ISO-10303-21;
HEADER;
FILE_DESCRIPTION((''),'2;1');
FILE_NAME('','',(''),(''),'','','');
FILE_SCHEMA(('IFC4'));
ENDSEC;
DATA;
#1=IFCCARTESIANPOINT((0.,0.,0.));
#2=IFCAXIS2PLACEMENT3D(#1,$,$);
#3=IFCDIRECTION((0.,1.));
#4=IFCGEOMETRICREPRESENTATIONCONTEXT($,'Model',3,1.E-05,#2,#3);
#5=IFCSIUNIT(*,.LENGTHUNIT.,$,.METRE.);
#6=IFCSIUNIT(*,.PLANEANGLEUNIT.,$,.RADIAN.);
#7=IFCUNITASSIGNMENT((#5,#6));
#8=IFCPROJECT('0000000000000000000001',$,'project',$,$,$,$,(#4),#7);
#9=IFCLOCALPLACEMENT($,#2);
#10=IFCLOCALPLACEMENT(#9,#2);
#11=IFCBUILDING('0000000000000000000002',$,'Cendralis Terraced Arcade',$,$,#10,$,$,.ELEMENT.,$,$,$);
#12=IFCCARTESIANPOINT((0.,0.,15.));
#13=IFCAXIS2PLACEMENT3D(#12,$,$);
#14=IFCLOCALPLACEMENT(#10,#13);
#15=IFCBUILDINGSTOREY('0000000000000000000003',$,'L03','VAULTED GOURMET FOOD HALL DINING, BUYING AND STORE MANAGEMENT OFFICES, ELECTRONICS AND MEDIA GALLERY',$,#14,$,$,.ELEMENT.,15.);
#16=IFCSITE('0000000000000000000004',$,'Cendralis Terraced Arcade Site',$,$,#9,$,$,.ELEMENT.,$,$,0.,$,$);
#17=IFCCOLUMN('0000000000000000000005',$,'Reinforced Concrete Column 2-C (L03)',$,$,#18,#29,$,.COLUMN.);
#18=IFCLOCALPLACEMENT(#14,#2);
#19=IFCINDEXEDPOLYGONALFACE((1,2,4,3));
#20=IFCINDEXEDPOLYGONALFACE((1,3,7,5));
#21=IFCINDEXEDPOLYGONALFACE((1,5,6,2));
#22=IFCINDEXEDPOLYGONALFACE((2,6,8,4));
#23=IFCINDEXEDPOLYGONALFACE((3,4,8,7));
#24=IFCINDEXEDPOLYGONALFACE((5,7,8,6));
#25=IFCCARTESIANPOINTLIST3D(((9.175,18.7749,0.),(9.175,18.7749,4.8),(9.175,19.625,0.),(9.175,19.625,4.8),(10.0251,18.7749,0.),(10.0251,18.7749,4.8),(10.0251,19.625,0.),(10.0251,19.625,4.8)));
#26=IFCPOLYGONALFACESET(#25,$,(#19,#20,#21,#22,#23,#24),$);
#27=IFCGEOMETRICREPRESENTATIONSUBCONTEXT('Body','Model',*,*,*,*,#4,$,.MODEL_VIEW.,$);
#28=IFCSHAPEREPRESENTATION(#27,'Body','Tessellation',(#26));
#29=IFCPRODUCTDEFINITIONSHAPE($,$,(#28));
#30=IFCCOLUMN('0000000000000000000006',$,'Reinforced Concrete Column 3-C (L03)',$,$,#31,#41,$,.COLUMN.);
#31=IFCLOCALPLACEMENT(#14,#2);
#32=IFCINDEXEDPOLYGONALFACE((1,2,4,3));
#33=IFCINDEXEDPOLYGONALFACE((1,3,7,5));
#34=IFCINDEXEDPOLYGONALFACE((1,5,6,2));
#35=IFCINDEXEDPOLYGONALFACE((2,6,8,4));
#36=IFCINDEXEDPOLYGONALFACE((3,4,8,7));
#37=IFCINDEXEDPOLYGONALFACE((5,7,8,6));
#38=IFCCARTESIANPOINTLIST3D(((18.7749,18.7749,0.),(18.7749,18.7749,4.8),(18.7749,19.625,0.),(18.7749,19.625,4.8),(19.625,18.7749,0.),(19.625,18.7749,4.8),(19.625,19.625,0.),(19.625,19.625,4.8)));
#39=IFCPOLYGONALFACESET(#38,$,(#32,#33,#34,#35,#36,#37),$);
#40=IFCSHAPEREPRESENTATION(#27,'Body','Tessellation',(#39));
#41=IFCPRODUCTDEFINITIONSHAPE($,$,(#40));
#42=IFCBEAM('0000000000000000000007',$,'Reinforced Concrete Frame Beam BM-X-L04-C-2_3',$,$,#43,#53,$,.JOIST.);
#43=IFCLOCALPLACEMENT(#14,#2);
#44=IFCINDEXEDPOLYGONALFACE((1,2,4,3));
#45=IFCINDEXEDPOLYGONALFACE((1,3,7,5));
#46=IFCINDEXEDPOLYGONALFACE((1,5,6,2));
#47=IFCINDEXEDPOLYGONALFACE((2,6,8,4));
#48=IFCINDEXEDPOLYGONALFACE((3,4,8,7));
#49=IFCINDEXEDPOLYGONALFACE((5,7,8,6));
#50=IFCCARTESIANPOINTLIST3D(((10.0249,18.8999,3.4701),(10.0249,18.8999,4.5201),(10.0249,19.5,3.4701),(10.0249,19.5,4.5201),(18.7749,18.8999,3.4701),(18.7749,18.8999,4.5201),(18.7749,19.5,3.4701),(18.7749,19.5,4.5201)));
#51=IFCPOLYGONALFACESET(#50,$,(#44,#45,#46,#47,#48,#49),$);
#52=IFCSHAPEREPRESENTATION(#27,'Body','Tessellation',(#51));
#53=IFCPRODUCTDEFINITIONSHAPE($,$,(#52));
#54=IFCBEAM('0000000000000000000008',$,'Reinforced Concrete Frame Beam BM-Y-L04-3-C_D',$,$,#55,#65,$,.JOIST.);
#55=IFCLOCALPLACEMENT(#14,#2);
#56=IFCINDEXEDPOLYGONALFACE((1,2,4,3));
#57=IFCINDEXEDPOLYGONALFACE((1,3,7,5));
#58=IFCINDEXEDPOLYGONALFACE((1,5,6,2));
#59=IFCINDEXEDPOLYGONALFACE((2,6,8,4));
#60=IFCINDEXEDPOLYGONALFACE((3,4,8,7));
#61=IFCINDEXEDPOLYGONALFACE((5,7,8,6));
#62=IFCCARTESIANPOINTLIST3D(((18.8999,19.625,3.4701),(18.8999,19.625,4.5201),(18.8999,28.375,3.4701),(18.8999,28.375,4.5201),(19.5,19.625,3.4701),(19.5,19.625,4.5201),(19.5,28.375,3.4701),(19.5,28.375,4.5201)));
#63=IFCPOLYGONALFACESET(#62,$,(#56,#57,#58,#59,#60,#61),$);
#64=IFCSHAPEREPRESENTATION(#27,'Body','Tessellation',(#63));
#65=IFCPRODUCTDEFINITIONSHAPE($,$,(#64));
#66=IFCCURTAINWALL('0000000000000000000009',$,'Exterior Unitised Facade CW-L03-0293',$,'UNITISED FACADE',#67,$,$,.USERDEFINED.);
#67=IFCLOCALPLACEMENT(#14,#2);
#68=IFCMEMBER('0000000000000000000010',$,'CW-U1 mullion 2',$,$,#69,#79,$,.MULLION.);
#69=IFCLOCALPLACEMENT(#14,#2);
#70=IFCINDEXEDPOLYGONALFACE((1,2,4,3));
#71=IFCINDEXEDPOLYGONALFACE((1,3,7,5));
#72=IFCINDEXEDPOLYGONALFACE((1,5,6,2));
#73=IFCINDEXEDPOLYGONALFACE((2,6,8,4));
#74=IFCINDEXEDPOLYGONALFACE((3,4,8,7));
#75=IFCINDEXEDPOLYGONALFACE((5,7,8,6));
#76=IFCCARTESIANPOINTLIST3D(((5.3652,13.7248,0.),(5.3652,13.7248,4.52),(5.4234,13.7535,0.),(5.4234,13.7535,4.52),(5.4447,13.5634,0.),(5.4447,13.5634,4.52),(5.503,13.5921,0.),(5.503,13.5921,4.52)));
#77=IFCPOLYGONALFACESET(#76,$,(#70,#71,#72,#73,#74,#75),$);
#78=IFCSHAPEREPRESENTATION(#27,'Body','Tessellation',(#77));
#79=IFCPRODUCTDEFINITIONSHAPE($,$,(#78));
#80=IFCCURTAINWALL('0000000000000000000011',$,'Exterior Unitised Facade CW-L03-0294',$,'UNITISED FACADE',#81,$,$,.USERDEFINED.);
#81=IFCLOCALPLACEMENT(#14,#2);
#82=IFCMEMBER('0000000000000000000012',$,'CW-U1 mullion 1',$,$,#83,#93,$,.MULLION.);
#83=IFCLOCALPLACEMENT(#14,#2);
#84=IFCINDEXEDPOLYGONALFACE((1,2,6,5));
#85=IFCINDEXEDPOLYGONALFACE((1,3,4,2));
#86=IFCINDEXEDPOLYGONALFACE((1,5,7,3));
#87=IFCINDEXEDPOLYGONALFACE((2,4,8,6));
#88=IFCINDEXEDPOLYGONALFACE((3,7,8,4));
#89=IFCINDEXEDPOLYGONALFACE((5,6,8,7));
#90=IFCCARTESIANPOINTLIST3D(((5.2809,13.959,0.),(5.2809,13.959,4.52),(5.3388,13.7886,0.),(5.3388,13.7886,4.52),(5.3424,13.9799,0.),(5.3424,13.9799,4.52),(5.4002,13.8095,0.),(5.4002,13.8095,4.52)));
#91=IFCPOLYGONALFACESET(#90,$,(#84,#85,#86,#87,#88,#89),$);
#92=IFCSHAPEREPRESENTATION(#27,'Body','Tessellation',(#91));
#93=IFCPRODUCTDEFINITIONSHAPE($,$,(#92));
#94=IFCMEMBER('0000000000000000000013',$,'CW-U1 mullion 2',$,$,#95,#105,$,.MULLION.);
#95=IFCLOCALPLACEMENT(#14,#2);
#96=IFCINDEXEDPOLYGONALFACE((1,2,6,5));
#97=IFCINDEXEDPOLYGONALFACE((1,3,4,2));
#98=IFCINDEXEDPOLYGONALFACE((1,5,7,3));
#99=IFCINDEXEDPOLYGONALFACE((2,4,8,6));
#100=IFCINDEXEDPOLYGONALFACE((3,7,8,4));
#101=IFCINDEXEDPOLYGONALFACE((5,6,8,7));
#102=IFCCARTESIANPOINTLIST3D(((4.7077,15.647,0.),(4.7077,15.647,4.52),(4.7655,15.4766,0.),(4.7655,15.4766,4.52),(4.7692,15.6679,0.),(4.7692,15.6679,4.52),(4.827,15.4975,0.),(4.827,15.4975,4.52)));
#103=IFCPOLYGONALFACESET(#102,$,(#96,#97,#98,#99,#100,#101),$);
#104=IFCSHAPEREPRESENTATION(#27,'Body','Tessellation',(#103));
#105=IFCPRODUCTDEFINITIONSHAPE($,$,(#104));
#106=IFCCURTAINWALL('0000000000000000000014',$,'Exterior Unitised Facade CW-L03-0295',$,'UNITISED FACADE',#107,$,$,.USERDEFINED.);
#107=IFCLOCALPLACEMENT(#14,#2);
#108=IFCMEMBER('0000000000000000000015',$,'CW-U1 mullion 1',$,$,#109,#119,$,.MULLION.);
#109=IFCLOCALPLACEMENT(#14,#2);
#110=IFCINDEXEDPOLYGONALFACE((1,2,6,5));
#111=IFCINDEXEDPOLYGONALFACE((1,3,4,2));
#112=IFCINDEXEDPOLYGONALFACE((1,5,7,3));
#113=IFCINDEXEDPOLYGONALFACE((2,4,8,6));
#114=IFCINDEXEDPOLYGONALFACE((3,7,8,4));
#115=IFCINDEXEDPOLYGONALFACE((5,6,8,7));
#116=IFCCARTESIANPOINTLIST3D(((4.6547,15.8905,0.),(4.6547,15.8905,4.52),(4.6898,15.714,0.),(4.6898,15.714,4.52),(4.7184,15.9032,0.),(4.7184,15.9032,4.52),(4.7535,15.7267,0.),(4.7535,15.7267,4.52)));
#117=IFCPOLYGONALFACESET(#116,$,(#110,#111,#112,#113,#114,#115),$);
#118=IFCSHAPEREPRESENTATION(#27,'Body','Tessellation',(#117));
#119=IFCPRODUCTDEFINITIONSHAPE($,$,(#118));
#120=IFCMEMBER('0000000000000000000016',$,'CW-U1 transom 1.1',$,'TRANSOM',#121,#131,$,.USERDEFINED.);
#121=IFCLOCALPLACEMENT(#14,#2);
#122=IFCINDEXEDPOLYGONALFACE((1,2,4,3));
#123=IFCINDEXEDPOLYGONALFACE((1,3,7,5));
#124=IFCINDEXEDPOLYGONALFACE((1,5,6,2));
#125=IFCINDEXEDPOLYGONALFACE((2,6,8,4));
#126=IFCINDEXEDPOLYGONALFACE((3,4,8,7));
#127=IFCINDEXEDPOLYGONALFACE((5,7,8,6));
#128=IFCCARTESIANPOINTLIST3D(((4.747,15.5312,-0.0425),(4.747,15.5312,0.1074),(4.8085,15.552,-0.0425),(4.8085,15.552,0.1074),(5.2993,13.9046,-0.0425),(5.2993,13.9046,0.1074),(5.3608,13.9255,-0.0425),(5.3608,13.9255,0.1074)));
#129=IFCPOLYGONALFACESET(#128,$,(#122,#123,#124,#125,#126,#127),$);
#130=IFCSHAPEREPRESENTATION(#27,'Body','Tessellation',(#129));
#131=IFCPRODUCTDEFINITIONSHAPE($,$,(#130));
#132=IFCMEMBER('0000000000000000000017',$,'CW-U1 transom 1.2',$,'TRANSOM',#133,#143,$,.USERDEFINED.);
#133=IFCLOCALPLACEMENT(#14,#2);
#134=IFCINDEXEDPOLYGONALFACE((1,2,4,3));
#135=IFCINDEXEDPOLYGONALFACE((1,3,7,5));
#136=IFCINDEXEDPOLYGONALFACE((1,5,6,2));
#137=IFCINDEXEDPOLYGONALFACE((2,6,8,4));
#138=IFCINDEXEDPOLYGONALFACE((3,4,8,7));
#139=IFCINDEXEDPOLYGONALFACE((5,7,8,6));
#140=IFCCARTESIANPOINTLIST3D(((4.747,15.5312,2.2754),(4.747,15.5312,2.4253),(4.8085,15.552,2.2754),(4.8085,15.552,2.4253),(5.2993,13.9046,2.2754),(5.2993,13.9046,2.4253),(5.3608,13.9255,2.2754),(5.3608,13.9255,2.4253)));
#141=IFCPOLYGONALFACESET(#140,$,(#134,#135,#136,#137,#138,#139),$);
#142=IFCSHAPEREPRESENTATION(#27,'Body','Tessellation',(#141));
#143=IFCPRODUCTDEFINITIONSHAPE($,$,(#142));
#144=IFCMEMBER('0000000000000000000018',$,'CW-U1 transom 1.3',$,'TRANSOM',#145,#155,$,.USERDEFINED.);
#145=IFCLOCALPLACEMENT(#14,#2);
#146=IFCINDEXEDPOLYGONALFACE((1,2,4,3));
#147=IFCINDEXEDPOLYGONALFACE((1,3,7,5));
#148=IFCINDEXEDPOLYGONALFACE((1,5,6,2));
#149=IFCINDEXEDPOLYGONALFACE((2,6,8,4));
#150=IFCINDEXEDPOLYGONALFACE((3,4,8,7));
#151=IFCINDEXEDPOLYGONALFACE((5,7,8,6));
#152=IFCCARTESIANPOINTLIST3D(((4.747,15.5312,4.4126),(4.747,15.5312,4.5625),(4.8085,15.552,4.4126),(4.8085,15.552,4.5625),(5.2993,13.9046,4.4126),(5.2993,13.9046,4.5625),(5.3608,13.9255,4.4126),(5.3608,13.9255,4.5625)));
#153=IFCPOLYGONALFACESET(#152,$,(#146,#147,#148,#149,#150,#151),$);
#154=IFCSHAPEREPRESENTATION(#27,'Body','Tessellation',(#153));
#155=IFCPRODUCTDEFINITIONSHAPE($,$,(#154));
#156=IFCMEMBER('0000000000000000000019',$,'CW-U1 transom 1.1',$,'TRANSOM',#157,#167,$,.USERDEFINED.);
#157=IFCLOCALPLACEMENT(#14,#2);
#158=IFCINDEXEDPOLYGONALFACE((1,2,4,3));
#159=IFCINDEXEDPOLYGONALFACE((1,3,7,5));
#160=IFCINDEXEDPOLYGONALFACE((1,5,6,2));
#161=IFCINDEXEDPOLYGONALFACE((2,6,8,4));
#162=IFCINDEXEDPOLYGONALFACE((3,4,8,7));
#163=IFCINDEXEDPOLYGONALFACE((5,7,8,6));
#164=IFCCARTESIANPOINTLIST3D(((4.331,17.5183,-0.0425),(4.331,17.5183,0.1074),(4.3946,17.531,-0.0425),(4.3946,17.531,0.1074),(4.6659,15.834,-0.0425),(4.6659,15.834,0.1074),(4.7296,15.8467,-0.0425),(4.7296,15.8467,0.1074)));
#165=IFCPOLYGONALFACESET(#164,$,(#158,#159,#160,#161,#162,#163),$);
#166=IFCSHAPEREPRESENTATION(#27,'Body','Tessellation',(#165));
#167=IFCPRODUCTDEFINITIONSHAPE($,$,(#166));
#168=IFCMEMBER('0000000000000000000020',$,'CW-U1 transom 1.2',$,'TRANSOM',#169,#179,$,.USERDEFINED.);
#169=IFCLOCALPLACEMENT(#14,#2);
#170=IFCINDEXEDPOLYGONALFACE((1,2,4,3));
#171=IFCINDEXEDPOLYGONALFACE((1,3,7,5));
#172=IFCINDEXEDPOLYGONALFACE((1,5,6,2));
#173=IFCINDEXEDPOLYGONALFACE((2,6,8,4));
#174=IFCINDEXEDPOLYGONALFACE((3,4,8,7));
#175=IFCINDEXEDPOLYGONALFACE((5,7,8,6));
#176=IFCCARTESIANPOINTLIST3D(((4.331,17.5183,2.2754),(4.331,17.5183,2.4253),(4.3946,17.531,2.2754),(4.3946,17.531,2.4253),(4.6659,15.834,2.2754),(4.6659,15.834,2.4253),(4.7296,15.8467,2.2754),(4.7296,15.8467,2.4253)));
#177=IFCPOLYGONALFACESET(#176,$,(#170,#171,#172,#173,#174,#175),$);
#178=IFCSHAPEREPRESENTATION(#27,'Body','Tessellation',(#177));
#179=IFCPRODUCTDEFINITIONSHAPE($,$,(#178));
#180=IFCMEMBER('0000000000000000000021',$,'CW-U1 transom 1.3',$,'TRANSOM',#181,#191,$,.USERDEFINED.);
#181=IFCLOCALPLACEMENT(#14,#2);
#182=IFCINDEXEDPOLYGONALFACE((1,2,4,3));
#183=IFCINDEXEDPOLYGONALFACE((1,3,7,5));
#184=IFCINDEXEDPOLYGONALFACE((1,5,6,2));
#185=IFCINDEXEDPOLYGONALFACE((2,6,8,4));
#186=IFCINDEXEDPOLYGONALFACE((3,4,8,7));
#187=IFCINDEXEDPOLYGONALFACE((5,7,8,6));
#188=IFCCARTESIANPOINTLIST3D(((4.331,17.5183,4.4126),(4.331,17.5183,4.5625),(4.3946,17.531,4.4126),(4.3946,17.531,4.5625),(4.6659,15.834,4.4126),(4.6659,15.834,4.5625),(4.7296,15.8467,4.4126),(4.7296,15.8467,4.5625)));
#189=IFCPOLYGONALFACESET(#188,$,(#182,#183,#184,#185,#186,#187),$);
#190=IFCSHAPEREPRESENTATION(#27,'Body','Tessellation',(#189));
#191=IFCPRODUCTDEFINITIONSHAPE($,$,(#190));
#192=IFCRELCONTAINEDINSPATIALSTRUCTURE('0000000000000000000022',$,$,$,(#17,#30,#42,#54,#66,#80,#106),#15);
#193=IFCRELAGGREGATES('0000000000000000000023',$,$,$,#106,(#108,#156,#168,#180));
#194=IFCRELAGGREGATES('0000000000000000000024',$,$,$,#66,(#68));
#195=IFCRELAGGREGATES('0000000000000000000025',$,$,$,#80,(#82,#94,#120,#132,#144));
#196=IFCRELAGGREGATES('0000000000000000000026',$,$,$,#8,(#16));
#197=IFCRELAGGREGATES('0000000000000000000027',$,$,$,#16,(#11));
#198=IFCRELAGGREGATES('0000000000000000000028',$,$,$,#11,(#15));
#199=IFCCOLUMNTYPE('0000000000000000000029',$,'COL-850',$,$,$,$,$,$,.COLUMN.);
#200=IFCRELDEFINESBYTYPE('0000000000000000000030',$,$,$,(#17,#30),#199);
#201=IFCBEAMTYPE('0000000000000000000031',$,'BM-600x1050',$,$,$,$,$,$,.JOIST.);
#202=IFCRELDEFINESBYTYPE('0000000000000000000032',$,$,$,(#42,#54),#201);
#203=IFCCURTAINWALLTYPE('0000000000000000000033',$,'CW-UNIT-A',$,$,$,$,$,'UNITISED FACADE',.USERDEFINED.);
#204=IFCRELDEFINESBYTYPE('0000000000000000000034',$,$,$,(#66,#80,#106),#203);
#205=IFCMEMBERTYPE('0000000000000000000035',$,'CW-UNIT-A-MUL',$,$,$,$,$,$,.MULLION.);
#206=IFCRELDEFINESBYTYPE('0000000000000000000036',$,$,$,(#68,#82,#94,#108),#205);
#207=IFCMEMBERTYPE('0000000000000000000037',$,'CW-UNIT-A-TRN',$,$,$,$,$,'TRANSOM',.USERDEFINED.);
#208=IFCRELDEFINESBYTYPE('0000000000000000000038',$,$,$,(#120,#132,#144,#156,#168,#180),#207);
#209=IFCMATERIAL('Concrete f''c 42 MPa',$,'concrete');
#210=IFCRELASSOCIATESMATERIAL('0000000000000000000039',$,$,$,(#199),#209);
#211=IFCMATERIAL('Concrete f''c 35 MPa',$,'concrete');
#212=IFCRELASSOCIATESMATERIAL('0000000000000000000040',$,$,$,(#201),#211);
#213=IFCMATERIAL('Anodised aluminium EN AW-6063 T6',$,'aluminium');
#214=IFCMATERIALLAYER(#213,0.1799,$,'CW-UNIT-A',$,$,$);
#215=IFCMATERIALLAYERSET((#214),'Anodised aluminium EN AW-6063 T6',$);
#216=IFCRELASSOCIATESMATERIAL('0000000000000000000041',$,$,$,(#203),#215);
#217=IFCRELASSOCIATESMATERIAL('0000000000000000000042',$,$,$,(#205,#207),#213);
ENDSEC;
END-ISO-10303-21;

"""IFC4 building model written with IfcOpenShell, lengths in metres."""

from ifc_helpers import new_model, si_unit, direction, frame, origin, origin_2d, place, context, subcontext, project, spatial, rectangle, extrude, material, layer, layer_set, material_profile, profile_set, type_object, element, aggregate, save


model = new_model("IFC4")

# Units and contexts
model_context = context("Model", 3, precision=1e-05, world=origin(), true_north=direction((0.0, 1.0)))
body_context = subcontext(model_context, "Body", "Model", "MODEL_VIEW")
ifc_project = project(units=[si_unit("LENGTHUNIT", "METRE"), si_unit("PLANEANGLEUNIT", "RADIAN")], contexts=[model_context])

# Site, building, storey
site_placement = place(None, origin())
site = spatial("IfcSite", under=ifc_project, at=site_placement, Name="Cendralis Terraced Arcade Site", CompositionType="ELEMENT", RefElevation=0.0)
building_placement = place(site_placement, origin())
building = spatial("IfcBuilding", under=site, at=building_placement, Name="Cendralis Terraced Arcade", CompositionType="ELEMENT")
storey_placement = place(building_placement, frame((0.0, 0.0, 15.0)))
storey = spatial("IfcBuildingStorey", under=building, at=storey_placement, Name="L03", Description="VAULTED GOURMET FOOD HALL DINING, BUYING AND STORE MANAGEMENT OFFICES, ELECTRONICS AND MEDIA GALLERY", CompositionType="ELEMENT", Elevation=15.0)

# Columns
ifc_material_1 = material(Name="Concrete f'c 42 MPa", Category="concrete")
ifc_material_profile_1 = material_profile(ifc_material_1, rectangle(XDim=0.8501, YDim=0.8501, at=origin_2d()), Name="RC-COL-850x850", Category="LoadBearing")
ifc_profile_set_1 = profile_set([ifc_material_profile_1], Name="Concrete f'c 42 MPa")
column_type = type_object("IfcColumnType", Name="COL-850", PredefinedType="COLUMN", material=ifc_profile_set_1)
for number, where, z_axis, x_axis, name in (
    (1, (9.6001, 19.2, 0.0), (0.0, 0.0, 1.0), (1.0, 0.0, 0.0), "Reinforced Concrete Column 2-C (L03)"),
    (2, (19.2, 19.2, 0.0), (0.0, 0.0, 1.0), (1.0, 0.0, 0.0), "Reinforced Concrete Column 3-C (L03)"),
):
    element("IfcColumn", number, at=place(storey_placement, frame(where, z_axis=z_axis, x_axis=x_axis)), inside=storey, type_object=column_type, Name=name, PredefinedType="COLUMN", context=body_context, shape_type="SweptSolid", body=[
        extrude(rectangle(XDim=0.8501, YDim=0.8501, at=origin_2d()), origin(), (0.0, 0.0, 1.0), 4.8),
    ])

# Beams
ifc_material_2 = material(Name="Concrete f'c 35 MPa", Category="concrete")
ifc_material_profile_2 = material_profile(ifc_material_2, rectangle(XDim=0.6001, YDim=1.05, at=origin_2d()), Name="RC-BM-600x1050", Category="LoadBearing")
ifc_profile_set_2 = profile_set([ifc_material_profile_2], Name="Concrete f'c 35 MPa")
beam_type = type_object("IfcBeamType", Name="BM-600x1050", PredefinedType="JOIST", material=ifc_profile_set_2)
for number, where, z_axis, x_axis, name in (
    (3, (10.0249, 19.2, 3.9951), (1.0, 0.0, 0.0), (0.0, 1.0, 0.0), "Reinforced Concrete Frame Beam BM-X-L04-C-2_3"),
    (4, (19.2, 19.625, 3.9951), (0.0, 1.0, 0.0), (-1.0, 0.0, 0.0), "Reinforced Concrete Frame Beam BM-Y-L04-3-C_D"),
):
    element("IfcBeam", number, at=place(storey_placement, frame(where, z_axis=z_axis, x_axis=x_axis)), inside=storey, type_object=beam_type, Name=name, PredefinedType="JOIST", context=body_context, shape_type="SweptSolid", body=[
        extrude(rectangle(XDim=0.6001, YDim=1.05, at=origin_2d()), origin(), (0.0, 0.0, 1.0), 8.75),
    ])

# Curtain wall, member
ifc_material_3 = material(Name="Anodised aluminium EN AW-6063 T6", Category="aluminium")
ifc_layer_1 = layer(ifc_material_3, 0.1799, Name="CW-UNIT-A")
ifc_layer_set_1 = layer_set([ifc_layer_1], Name="Anodised aluminium EN AW-6063 T6")
curtain_wall_type = type_object("IfcCurtainWallType", Name="CW-UNIT-A", ElementType="UNITISED FACADE", PredefinedType="USERDEFINED", material=ifc_layer_set_1)
curtain_wall_1_placement = place(storey_placement, origin())
curtain_wall_1 = element("IfcCurtainWall", 5, at=curtain_wall_1_placement, inside=storey, type_object=curtain_wall_type, Name="Exterior Unitised Facade CW-L03-0293", ObjectType="UNITISED FACADE", PredefinedType="USERDEFINED")
ifc_material_profile_3 = material_profile(ifc_material_3, rectangle(XDim=0.0649, YDim=0.1799, at=origin_2d()), Name="ALU-MUL-65x180")
ifc_profile_set_3 = profile_set([ifc_material_profile_3], Name="Anodised aluminium EN AW-6063 T6")
member_type_1 = type_object("IfcMemberType", Name="CW-UNIT-A-MUL", PredefinedType="MULLION", material=ifc_profile_set_3)
member_1_placement = place(storey_placement, frame((5.4341, 13.6584, 0.0), z_axis=(0.0, 0.0, 1.0), x_axis=(-0.896882, -0.44227, 0.0)))
member_1 = element("IfcMember", 6, at=member_1_placement, type_object=member_type_1, Name="CW-U1 mullion 2", PredefinedType="MULLION", context=body_context, shape_type="SweptSolid", body=[
    extrude(rectangle(XDim=0.0649, YDim=0.1799, at=origin_2d()), origin(), (0.0, 0.0, 1.0), 4.52),
])

# Curtain wall, members
curtain_wall_2_placement = place(storey_placement, origin())
curtain_wall_2 = element("IfcCurtainWall", 7, at=curtain_wall_2_placement, inside=storey, type_object=curtain_wall_type, Name="Exterior Unitised Facade CW-L03-0294", ObjectType="UNITISED FACADE", PredefinedType="USERDEFINED")
member_2_placement = place(storey_placement, frame((5.3406, 13.8843, 0.0), z_axis=(0.0, 0.0, 1.0), x_axis=(-0.94691, -0.3215, 0.0)))
member_2 = element("IfcMember", 8, at=member_2_placement, type_object=member_type_1, Name="CW-U1 mullion 1", PredefinedType="MULLION", context=body_context, shape_type="SweptSolid", body=[
    extrude(rectangle(XDim=0.0649, YDim=0.1799, at=origin_2d()), origin(), (0.0, 0.0, 1.0), 4.52),
])
member_3_placement = place(storey_placement, frame((4.7673, 15.5723, 0.0), z_axis=(0.0, 0.0, 1.0), x_axis=(-0.94691, -0.3215, 0.0)))
member_3 = element("IfcMember", 9, at=member_3_placement, type_object=member_type_1, Name="CW-U1 mullion 2", PredefinedType="MULLION", context=body_context, shape_type="SweptSolid", body=[
    extrude(rectangle(XDim=0.0649, YDim=0.1799, at=origin_2d()), origin(), (0.0, 0.0, 1.0), 4.52),
])

# Curtain wall, member
curtain_wall_3_placement = place(storey_placement, origin())
curtain_wall_3 = element("IfcCurtainWall", 10, at=curtain_wall_3_placement, inside=storey, type_object=curtain_wall_type, Name="Exterior Unitised Facade CW-L03-0295", ObjectType="UNITISED FACADE", PredefinedType="USERDEFINED")
member_4_placement = place(storey_placement, frame((4.7041, 15.8086, 0.0), z_axis=(0.0, 0.0, 1.0), x_axis=(-0.980797, -0.195033, 0.0)))
member_4 = element("IfcMember", 11, at=member_4_placement, type_object=member_type_1, Name="CW-U1 mullion 1", PredefinedType="MULLION", context=body_context, shape_type="SweptSolid", body=[
    extrude(rectangle(XDim=0.0649, YDim=0.1799, at=origin_2d()), origin(), (0.0, 0.0, 1.0), 4.52),
])

# Members
ifc_material_profile_4 = material_profile(ifc_material_3, rectangle(XDim=0.0649, YDim=0.1499, at=origin_2d()), Name="ALU-TRN-65x150")
ifc_profile_set_4 = profile_set([ifc_material_profile_4], Name="Anodised aluminium EN AW-6063 T6")
member_type_2 = type_object("IfcMemberType", Name="CW-UNIT-A-TRN", ElementType="TRANSOM", PredefinedType="USERDEFINED", material=ifc_profile_set_4)
member_5_placement = place(storey_placement, frame((5.3301, 13.915, 0.0325), z_axis=(-0.32151, 0.946906, 0.0), x_axis=(-0.946906, -0.32151, 0.0)))
member_5 = element("IfcMember", 12, at=member_5_placement, type_object=member_type_2, Name="CW-U1 transom 1.1", ObjectType="TRANSOM", PredefinedType="USERDEFINED", context=body_context, shape_type="SweptSolid", body=[
    extrude(rectangle(XDim=0.0649, YDim=0.1499, at=origin_2d()), origin(), (0.0, 0.0, 1.0), 1.7178),
])
member_6_placement = place(storey_placement, frame((5.3301, 13.915, 2.3503), z_axis=(-0.32151, 0.946906, 0.0), x_axis=(-0.946906, -0.32151, 0.0)))
member_6 = element("IfcMember", 13, at=member_6_placement, type_object=member_type_2, Name="CW-U1 transom 1.2", ObjectType="TRANSOM", PredefinedType="USERDEFINED", context=body_context, shape_type="SweptSolid", body=[
    extrude(rectangle(XDim=0.0649, YDim=0.1499, at=origin_2d()), origin(), (0.0, 0.0, 1.0), 1.7178),
])
member_7_placement = place(storey_placement, frame((5.3301, 13.915, 4.4875), z_axis=(-0.32151, 0.946906, 0.0), x_axis=(-0.946906, -0.32151, 0.0)))
member_7 = element("IfcMember", 14, at=member_7_placement, type_object=member_type_2, Name="CW-U1 transom 1.3", ObjectType="TRANSOM", PredefinedType="USERDEFINED", context=body_context, shape_type="SweptSolid", body=[
    extrude(rectangle(XDim=0.0649, YDim=0.1499, at=origin_2d()), origin(), (0.0, 0.0, 1.0), 1.7178),
])
member_8_placement = place(storey_placement, frame((4.6978, 15.8403, 0.0325), z_axis=(-0.19505, 0.980793, 0.0), x_axis=(-0.980793, -0.19505, 0.0)))
member_8 = element("IfcMember", 15, at=member_8_placement, type_object=member_type_2, Name="CW-U1 transom 1.1", ObjectType="TRANSOM", PredefinedType="USERDEFINED", context=body_context, shape_type="SweptSolid", body=[
    extrude(rectangle(XDim=0.0649, YDim=0.1499, at=origin_2d()), origin(), (0.0, 0.0, 1.0), 1.7173),
])
member_9_placement = place(storey_placement, frame((4.6978, 15.8403, 2.3503), z_axis=(-0.19505, 0.980793, 0.0), x_axis=(-0.980793, -0.19505, 0.0)))
member_9 = element("IfcMember", 16, at=member_9_placement, type_object=member_type_2, Name="CW-U1 transom 1.2", ObjectType="TRANSOM", PredefinedType="USERDEFINED", context=body_context, shape_type="SweptSolid", body=[
    extrude(rectangle(XDim=0.0649, YDim=0.1499, at=origin_2d()), origin(), (0.0, 0.0, 1.0), 1.7173),
])
member_10_placement = place(storey_placement, frame((4.6978, 15.8403, 4.4875), z_axis=(-0.19505, 0.980793, 0.0), x_axis=(-0.980793, -0.19505, 0.0)))
member_10 = element("IfcMember", 17, at=member_10_placement, type_object=member_type_2, Name="CW-U1 transom 1.3", ObjectType="TRANSOM", PredefinedType="USERDEFINED", context=body_context, shape_type="SweptSolid", body=[
    extrude(rectangle(XDim=0.0649, YDim=0.1499, at=origin_2d()), origin(), (0.0, 0.0, 1.0), 1.7173),
])
aggregate(curtain_wall_3, [member_4, member_8, member_9, member_10])

aggregate(curtain_wall_1, [member_1])
aggregate(curtain_wall_2, [member_2, member_3, member_5, member_6, member_7])

save(model, "model.ifc")
